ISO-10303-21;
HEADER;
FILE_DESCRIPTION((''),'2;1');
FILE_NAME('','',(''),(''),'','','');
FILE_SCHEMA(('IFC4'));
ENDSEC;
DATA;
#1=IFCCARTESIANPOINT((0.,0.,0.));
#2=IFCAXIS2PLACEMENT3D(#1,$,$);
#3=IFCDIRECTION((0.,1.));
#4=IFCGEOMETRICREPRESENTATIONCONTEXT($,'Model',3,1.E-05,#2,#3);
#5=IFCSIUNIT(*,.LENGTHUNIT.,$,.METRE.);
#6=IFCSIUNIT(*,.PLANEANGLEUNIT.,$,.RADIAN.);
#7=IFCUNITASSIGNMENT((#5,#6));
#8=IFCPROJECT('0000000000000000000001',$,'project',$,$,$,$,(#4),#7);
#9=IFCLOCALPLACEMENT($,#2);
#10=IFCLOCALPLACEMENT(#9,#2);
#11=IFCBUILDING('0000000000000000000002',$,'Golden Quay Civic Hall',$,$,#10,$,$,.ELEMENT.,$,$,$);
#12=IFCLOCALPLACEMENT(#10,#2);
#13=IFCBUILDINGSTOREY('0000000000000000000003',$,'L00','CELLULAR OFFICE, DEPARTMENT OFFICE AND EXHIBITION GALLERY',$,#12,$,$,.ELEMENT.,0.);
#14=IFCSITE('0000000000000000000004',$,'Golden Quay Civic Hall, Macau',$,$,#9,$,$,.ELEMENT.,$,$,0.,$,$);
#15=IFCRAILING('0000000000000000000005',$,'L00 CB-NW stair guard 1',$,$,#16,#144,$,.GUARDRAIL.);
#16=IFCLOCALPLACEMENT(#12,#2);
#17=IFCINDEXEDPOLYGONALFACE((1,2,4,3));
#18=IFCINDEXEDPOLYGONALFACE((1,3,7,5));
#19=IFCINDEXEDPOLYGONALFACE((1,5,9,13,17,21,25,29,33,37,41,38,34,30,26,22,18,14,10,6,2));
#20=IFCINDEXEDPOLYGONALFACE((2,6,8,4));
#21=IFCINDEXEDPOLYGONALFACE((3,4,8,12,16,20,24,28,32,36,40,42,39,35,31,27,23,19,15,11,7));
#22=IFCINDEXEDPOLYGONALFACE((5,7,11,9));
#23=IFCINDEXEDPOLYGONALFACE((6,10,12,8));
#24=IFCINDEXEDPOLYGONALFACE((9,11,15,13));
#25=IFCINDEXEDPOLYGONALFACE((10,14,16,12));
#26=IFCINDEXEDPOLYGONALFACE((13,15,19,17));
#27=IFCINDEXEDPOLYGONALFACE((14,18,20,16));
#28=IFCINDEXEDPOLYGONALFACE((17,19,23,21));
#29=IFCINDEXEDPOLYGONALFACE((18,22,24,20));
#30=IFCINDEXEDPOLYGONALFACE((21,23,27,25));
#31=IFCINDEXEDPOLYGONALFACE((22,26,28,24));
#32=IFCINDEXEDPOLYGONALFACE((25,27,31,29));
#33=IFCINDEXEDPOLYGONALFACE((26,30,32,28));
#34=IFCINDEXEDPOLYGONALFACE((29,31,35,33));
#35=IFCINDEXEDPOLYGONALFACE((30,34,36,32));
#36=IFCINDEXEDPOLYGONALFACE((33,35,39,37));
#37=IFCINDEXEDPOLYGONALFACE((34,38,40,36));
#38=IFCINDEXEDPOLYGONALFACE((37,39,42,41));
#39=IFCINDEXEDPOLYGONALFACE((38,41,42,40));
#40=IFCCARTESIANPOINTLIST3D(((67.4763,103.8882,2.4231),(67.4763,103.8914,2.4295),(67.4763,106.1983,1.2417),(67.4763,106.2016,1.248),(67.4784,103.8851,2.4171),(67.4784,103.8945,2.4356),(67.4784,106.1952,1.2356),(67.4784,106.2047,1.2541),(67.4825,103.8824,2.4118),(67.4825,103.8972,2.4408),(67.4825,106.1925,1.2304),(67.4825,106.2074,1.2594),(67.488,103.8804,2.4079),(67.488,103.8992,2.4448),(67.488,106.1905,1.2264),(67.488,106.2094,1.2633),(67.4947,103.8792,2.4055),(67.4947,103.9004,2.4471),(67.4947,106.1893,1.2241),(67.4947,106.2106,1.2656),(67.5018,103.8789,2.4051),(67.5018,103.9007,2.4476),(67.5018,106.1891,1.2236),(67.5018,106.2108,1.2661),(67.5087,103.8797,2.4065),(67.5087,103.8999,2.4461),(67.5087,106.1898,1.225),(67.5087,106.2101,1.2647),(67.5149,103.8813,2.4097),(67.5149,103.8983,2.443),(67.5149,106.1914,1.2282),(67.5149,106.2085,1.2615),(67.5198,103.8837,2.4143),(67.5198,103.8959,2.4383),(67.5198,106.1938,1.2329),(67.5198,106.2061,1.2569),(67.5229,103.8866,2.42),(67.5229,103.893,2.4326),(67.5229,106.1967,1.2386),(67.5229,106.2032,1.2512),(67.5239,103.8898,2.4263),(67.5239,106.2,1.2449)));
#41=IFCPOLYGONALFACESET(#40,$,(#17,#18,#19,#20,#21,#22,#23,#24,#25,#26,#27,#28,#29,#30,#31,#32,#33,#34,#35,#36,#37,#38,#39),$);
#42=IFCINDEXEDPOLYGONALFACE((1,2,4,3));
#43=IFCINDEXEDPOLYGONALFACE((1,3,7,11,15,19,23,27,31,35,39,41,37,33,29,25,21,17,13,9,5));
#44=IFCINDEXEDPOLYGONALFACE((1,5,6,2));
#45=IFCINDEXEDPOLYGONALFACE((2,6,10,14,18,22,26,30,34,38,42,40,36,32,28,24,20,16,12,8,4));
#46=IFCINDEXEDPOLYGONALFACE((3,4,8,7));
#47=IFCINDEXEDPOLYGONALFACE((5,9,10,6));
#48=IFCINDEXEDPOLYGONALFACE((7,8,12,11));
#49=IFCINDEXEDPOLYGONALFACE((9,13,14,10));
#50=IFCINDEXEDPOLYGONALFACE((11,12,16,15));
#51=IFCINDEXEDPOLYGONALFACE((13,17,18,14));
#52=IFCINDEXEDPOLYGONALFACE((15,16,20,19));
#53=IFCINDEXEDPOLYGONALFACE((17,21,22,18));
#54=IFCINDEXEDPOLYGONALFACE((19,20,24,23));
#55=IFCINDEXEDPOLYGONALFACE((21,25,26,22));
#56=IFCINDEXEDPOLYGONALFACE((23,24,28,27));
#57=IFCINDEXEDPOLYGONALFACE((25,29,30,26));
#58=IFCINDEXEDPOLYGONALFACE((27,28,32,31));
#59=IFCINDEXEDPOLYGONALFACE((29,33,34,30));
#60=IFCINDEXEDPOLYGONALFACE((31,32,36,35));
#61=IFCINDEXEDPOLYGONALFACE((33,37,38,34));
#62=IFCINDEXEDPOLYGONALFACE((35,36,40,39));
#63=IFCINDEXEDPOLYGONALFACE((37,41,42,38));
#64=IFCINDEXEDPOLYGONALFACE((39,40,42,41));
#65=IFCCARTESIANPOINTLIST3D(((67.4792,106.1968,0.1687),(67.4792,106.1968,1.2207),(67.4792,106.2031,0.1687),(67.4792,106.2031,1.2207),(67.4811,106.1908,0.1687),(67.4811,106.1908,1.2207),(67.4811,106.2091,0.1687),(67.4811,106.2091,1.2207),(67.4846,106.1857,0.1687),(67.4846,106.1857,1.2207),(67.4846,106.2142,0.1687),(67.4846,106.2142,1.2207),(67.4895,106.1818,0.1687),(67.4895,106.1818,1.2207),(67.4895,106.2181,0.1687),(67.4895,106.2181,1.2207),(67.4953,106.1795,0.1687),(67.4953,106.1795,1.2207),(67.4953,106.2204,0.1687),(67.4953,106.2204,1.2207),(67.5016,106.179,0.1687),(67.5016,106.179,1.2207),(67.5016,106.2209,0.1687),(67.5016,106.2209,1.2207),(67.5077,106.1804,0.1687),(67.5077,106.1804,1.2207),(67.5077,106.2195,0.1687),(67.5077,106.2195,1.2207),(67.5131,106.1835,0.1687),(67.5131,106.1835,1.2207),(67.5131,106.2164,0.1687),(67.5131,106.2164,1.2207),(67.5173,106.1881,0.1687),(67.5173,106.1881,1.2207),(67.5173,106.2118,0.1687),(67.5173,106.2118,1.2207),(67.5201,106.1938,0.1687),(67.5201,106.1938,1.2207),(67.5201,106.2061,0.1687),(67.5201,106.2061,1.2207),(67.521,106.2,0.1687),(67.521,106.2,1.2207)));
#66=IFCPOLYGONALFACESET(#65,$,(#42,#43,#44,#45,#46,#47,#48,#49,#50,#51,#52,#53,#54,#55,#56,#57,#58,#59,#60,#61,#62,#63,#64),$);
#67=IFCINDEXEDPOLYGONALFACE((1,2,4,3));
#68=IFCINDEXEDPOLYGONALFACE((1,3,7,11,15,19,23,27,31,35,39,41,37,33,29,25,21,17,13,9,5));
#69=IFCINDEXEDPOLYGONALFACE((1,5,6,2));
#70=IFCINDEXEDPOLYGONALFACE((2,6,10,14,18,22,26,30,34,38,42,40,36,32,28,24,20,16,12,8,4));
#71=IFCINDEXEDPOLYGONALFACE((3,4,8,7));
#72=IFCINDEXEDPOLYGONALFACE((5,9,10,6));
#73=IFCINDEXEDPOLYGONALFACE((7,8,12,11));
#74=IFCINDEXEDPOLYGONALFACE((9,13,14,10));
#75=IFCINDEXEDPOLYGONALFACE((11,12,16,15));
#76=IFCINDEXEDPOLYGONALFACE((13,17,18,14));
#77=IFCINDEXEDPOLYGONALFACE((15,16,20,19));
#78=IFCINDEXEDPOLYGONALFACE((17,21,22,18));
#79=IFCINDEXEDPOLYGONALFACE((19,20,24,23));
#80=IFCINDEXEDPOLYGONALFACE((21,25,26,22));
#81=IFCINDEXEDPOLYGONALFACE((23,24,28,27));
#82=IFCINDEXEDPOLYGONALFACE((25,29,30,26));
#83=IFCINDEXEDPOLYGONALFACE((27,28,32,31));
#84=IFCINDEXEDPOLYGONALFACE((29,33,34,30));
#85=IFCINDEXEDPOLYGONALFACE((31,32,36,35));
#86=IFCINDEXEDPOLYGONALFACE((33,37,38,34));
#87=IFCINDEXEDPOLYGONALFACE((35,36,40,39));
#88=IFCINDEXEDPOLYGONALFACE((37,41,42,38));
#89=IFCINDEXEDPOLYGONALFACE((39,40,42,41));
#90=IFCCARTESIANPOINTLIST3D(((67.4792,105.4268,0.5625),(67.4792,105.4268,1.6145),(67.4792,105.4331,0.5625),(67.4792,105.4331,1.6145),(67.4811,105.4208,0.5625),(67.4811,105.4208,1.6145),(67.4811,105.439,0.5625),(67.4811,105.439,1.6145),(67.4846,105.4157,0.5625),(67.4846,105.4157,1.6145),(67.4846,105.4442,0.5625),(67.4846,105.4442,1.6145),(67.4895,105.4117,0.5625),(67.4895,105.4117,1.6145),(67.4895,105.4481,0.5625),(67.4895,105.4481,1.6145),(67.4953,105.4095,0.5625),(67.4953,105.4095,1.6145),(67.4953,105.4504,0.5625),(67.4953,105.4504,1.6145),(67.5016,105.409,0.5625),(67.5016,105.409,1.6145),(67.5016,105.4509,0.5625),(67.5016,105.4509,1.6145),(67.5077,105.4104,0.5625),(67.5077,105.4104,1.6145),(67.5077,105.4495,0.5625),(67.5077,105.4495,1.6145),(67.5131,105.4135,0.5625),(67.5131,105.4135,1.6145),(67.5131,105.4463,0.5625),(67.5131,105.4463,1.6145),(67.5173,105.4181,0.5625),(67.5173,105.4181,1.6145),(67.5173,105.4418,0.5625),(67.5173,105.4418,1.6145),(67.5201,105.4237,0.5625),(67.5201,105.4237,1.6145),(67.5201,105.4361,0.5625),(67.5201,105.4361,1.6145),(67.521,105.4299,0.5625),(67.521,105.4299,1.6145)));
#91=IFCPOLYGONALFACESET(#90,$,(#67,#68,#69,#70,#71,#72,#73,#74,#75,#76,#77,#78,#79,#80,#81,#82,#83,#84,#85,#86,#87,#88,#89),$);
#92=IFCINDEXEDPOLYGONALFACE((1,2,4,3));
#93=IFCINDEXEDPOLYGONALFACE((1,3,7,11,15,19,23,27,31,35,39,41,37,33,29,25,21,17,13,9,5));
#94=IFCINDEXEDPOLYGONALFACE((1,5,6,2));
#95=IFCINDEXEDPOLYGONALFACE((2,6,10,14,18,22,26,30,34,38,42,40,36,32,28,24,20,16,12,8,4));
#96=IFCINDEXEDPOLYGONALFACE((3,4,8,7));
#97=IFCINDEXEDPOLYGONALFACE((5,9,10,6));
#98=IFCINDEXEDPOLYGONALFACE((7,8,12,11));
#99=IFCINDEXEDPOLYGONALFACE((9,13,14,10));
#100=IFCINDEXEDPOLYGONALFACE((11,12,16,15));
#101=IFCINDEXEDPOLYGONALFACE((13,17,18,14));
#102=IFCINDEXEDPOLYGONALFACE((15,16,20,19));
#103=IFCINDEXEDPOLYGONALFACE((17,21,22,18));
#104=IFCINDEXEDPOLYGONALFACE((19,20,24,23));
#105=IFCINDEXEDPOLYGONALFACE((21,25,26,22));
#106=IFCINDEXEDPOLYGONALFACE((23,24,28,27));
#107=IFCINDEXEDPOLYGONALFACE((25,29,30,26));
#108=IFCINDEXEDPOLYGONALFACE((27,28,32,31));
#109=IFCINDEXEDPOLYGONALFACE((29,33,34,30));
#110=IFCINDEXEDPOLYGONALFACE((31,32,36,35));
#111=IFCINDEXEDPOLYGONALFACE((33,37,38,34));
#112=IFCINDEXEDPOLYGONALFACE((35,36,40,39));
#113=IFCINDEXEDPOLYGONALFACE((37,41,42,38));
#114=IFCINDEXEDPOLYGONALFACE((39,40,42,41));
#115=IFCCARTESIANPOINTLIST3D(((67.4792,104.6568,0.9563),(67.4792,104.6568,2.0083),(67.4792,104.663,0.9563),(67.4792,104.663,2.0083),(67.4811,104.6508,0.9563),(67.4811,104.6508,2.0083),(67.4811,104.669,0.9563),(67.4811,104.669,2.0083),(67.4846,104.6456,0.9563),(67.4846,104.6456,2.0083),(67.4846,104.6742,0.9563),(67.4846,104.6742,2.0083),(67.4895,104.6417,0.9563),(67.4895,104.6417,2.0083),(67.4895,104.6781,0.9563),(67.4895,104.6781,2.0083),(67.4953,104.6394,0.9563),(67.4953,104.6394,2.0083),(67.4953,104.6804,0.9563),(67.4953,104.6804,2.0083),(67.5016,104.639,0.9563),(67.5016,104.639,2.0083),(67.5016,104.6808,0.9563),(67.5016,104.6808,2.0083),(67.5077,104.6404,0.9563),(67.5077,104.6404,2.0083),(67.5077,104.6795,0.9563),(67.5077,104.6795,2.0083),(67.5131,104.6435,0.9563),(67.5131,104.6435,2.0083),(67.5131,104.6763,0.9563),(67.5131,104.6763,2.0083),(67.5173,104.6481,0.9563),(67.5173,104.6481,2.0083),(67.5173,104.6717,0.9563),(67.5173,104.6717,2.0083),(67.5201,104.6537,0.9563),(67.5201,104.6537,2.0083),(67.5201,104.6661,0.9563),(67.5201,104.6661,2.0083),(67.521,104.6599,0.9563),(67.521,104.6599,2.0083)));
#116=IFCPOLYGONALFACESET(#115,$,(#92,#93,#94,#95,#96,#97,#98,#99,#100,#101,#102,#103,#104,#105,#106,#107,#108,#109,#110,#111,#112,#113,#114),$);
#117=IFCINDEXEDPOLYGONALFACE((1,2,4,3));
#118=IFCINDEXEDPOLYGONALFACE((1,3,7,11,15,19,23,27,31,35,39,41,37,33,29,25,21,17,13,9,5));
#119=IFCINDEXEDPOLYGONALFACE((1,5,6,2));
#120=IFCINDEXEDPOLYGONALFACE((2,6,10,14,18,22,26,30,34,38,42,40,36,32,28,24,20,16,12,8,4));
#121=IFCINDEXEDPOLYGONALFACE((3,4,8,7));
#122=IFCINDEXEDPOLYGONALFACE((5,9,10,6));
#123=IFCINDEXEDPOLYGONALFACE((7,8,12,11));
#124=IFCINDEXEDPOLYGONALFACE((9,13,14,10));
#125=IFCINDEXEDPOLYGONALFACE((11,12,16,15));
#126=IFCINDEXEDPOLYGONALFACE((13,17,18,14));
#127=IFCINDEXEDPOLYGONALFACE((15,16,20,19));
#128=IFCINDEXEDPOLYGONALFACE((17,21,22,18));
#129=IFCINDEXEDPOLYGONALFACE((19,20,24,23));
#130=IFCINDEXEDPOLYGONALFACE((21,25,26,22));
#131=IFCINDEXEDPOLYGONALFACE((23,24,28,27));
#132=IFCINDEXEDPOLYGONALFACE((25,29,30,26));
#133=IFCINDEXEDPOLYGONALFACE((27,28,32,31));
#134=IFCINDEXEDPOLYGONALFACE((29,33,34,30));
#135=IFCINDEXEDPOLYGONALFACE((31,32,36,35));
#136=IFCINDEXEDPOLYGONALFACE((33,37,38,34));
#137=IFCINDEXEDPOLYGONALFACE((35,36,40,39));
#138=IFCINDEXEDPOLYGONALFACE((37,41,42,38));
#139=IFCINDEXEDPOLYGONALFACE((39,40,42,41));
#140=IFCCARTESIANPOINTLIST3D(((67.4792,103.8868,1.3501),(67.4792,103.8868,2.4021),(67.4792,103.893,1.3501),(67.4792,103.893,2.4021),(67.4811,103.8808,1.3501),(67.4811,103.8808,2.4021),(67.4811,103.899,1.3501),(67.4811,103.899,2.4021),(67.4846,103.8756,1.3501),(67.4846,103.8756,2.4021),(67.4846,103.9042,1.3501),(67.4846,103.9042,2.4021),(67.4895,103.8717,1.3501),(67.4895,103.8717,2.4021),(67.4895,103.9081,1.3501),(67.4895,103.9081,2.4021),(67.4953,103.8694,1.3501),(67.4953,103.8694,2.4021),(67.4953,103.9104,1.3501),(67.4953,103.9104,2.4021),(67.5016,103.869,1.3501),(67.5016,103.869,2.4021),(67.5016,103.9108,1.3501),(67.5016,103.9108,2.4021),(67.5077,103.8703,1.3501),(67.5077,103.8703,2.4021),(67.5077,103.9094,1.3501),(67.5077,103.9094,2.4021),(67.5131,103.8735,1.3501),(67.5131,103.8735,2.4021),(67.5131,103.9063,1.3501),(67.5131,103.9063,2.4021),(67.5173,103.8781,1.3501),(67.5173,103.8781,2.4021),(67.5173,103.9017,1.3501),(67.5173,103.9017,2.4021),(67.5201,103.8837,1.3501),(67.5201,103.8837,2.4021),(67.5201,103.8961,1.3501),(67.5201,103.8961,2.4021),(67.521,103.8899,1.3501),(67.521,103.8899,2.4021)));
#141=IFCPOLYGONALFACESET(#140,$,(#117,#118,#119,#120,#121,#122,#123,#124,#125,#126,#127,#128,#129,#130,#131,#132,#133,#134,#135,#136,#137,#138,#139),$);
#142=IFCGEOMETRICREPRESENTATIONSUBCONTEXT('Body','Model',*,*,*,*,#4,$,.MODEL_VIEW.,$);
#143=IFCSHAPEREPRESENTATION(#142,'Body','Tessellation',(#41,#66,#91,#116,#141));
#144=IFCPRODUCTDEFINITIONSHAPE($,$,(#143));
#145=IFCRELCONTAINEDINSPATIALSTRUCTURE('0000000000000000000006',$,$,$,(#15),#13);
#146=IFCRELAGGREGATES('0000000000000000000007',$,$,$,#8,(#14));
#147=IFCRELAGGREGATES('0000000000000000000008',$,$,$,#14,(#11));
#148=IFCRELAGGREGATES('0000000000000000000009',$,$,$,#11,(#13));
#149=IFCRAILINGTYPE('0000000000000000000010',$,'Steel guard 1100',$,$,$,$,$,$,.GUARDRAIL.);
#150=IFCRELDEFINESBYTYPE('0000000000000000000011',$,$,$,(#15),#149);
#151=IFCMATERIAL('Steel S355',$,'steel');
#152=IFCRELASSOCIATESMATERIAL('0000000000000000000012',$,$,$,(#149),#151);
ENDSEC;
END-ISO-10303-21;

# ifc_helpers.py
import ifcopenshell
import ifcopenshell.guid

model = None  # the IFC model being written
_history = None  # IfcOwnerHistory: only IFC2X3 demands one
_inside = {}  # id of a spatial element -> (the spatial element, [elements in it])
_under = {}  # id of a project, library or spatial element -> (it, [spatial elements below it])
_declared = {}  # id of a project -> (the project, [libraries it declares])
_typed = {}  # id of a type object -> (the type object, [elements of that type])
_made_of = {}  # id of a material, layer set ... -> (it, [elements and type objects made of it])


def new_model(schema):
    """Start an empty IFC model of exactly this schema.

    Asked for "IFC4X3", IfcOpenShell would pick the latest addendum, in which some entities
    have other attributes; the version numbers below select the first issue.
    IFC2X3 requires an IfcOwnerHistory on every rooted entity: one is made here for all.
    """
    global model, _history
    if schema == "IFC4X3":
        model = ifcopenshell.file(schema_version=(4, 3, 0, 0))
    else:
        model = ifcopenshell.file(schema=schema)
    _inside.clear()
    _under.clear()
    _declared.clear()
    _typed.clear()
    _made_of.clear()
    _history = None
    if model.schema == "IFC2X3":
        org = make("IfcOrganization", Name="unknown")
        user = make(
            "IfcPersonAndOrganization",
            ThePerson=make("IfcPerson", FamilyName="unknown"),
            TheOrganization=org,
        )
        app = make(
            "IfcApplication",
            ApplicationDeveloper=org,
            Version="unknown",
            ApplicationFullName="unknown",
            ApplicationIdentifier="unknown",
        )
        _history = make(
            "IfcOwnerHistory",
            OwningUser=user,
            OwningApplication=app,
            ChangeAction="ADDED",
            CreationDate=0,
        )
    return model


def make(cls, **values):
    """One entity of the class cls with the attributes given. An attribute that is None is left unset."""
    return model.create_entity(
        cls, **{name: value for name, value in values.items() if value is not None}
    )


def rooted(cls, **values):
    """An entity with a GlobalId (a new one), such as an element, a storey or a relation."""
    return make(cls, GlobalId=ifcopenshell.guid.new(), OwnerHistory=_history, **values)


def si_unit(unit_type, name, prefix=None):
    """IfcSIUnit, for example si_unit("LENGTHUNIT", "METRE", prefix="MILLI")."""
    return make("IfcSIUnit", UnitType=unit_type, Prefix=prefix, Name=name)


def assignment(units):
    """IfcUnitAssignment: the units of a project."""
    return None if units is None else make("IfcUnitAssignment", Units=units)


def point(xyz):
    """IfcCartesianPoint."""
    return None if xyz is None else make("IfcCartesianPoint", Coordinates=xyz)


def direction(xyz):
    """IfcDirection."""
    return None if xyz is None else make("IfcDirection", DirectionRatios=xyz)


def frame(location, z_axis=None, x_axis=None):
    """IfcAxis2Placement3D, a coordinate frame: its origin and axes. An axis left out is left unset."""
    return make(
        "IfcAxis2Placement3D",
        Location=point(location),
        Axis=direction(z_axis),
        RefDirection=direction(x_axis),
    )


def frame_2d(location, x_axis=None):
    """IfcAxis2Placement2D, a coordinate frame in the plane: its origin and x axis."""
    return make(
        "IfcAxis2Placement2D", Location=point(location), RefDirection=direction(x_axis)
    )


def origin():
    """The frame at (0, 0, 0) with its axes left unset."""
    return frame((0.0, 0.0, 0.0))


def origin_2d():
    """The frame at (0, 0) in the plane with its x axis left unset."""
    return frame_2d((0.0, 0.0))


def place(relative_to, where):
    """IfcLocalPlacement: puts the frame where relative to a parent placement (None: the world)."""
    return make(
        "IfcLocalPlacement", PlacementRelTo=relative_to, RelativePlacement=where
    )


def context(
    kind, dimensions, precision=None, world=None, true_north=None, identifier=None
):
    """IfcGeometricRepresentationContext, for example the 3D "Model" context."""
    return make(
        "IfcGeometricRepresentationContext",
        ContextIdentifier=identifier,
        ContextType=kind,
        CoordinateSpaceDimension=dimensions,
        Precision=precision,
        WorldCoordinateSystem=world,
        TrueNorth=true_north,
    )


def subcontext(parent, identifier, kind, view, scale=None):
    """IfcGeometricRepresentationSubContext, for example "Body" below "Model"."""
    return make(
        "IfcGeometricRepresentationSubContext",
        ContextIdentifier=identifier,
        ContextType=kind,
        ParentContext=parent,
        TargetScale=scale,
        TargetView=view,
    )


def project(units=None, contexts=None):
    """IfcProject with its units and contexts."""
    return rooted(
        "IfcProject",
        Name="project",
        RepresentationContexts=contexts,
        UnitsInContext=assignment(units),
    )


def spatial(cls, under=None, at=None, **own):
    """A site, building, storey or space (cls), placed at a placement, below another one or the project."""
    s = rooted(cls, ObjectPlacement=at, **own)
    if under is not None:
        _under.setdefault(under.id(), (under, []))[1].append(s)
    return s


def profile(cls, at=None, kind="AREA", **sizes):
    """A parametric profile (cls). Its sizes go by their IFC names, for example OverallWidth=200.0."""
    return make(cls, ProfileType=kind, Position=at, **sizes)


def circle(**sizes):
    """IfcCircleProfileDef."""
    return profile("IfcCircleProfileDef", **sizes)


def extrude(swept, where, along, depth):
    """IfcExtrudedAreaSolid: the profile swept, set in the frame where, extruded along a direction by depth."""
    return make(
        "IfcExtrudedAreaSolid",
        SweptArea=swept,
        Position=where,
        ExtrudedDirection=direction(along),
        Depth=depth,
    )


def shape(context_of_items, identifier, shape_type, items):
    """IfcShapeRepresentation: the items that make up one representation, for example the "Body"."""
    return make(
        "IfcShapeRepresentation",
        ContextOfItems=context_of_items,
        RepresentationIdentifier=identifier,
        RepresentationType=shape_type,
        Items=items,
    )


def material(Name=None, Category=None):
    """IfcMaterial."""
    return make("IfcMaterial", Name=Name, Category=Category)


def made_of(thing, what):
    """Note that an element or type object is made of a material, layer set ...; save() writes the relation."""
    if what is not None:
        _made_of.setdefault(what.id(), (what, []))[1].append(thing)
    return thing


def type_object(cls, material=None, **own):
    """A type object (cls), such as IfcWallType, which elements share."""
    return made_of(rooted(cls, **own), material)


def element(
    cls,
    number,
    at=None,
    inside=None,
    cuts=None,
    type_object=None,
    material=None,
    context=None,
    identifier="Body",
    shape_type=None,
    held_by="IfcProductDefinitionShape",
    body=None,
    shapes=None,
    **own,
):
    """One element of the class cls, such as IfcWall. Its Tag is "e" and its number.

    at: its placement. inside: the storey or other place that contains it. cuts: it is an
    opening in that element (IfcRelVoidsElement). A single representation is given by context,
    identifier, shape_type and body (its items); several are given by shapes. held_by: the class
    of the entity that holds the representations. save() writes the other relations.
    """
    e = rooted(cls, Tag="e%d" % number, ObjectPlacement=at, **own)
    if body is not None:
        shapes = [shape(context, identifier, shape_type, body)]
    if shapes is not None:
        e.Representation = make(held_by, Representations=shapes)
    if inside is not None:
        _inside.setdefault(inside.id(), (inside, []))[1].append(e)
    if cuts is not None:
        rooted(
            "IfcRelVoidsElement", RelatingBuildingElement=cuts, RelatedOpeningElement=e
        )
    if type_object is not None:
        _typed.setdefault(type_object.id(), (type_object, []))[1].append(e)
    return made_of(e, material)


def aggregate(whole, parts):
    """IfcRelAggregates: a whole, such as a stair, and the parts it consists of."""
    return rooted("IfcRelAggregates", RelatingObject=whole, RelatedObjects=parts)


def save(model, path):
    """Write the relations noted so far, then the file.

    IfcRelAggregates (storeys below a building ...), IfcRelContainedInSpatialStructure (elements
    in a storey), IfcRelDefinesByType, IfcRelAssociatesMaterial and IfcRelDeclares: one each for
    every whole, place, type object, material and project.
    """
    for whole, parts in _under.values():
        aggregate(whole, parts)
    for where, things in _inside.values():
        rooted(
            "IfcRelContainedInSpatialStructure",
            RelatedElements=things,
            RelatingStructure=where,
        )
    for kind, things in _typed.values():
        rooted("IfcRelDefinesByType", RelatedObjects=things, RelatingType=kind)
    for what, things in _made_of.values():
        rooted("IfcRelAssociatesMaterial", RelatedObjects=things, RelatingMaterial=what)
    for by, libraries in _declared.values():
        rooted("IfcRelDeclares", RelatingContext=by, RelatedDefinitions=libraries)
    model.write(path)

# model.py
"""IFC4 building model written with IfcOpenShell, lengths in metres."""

from ifc_helpers import new_model, si_unit, direction, frame, origin, origin_2d, place, context, subcontext, project, spatial, circle, extrude, material, type_object, element, save


model = new_model("IFC4")

# Units and contexts
model_context = context("Model", 3, precision=1e-05, world=origin(), true_north=direction((0.0, 1.0)))
body_context = subcontext(model_context, "Body", "Model", "MODEL_VIEW")
ifc_project = project(units=[si_unit("LENGTHUNIT", "METRE"), si_unit("PLANEANGLEUNIT", "RADIAN")], contexts=[model_context])

# Site, building, storey
site_placement = place(None, origin())
site = spatial("IfcSite", under=ifc_project, at=site_placement, Name="Golden Quay Civic Hall, Macau", CompositionType="ELEMENT", RefElevation=0.0)
building_placement = place(site_placement, origin())
building = spatial("IfcBuilding", under=site, at=building_placement, Name="Golden Quay Civic Hall", CompositionType="ELEMENT")
storey_placement = place(building_placement, origin())
storey = spatial("IfcBuildingStorey", under=building, at=storey_placement, Name="L00", Description="CELLULAR OFFICE, DEPARTMENT OFFICE AND EXHIBITION GALLERY", CompositionType="ELEMENT", Elevation=0.0)

# Railing
ifc_material_1 = material(Name="Steel S355", Category="steel")
railing_type = type_object("IfcRailingType", Name="Steel guard 1100", PredefinedType="GUARDRAIL", material=ifc_material_1)
railing_1_placement = place(storey_placement, frame((67.5, 106.2, 0.1687)))
element("IfcRailing", 1, at=railing_1_placement, inside=storey, type_object=railing_type, Name="L00 CB-NW stair guard 1", PredefinedType="GUARDRAIL", context=body_context, shape_type="SweptSolid", body=[
    extrude(circle(Radius=0.0239, at=origin_2d()), frame((0.0, 0.0, 1.0762), z_axis=(0.0, -0.890325, 0.455325), x_axis=(1.0, 0.0, 0.0)), (0.0, 0.0, 1.0), 2.5947),
    extrude(circle(Radius=0.021, at=origin_2d()), origin(), (0.0, 0.0, 1.0), 1.052),
    extrude(circle(Radius=0.021, at=origin_2d()), frame((0.0, -0.77, 0.3938)), (0.0, 0.0, 1.0), 1.052),
    extrude(circle(Radius=0.021, at=origin_2d()), frame((0.0, -1.54, 0.7876)), (0.0, 0.0, 1.0), 1.052),
    extrude(circle(Radius=0.021, at=origin_2d()), frame((0.0, -2.3101, 1.1814)), (0.0, 0.0, 1.0), 1.052),
])

save(model, "model.ifc")
